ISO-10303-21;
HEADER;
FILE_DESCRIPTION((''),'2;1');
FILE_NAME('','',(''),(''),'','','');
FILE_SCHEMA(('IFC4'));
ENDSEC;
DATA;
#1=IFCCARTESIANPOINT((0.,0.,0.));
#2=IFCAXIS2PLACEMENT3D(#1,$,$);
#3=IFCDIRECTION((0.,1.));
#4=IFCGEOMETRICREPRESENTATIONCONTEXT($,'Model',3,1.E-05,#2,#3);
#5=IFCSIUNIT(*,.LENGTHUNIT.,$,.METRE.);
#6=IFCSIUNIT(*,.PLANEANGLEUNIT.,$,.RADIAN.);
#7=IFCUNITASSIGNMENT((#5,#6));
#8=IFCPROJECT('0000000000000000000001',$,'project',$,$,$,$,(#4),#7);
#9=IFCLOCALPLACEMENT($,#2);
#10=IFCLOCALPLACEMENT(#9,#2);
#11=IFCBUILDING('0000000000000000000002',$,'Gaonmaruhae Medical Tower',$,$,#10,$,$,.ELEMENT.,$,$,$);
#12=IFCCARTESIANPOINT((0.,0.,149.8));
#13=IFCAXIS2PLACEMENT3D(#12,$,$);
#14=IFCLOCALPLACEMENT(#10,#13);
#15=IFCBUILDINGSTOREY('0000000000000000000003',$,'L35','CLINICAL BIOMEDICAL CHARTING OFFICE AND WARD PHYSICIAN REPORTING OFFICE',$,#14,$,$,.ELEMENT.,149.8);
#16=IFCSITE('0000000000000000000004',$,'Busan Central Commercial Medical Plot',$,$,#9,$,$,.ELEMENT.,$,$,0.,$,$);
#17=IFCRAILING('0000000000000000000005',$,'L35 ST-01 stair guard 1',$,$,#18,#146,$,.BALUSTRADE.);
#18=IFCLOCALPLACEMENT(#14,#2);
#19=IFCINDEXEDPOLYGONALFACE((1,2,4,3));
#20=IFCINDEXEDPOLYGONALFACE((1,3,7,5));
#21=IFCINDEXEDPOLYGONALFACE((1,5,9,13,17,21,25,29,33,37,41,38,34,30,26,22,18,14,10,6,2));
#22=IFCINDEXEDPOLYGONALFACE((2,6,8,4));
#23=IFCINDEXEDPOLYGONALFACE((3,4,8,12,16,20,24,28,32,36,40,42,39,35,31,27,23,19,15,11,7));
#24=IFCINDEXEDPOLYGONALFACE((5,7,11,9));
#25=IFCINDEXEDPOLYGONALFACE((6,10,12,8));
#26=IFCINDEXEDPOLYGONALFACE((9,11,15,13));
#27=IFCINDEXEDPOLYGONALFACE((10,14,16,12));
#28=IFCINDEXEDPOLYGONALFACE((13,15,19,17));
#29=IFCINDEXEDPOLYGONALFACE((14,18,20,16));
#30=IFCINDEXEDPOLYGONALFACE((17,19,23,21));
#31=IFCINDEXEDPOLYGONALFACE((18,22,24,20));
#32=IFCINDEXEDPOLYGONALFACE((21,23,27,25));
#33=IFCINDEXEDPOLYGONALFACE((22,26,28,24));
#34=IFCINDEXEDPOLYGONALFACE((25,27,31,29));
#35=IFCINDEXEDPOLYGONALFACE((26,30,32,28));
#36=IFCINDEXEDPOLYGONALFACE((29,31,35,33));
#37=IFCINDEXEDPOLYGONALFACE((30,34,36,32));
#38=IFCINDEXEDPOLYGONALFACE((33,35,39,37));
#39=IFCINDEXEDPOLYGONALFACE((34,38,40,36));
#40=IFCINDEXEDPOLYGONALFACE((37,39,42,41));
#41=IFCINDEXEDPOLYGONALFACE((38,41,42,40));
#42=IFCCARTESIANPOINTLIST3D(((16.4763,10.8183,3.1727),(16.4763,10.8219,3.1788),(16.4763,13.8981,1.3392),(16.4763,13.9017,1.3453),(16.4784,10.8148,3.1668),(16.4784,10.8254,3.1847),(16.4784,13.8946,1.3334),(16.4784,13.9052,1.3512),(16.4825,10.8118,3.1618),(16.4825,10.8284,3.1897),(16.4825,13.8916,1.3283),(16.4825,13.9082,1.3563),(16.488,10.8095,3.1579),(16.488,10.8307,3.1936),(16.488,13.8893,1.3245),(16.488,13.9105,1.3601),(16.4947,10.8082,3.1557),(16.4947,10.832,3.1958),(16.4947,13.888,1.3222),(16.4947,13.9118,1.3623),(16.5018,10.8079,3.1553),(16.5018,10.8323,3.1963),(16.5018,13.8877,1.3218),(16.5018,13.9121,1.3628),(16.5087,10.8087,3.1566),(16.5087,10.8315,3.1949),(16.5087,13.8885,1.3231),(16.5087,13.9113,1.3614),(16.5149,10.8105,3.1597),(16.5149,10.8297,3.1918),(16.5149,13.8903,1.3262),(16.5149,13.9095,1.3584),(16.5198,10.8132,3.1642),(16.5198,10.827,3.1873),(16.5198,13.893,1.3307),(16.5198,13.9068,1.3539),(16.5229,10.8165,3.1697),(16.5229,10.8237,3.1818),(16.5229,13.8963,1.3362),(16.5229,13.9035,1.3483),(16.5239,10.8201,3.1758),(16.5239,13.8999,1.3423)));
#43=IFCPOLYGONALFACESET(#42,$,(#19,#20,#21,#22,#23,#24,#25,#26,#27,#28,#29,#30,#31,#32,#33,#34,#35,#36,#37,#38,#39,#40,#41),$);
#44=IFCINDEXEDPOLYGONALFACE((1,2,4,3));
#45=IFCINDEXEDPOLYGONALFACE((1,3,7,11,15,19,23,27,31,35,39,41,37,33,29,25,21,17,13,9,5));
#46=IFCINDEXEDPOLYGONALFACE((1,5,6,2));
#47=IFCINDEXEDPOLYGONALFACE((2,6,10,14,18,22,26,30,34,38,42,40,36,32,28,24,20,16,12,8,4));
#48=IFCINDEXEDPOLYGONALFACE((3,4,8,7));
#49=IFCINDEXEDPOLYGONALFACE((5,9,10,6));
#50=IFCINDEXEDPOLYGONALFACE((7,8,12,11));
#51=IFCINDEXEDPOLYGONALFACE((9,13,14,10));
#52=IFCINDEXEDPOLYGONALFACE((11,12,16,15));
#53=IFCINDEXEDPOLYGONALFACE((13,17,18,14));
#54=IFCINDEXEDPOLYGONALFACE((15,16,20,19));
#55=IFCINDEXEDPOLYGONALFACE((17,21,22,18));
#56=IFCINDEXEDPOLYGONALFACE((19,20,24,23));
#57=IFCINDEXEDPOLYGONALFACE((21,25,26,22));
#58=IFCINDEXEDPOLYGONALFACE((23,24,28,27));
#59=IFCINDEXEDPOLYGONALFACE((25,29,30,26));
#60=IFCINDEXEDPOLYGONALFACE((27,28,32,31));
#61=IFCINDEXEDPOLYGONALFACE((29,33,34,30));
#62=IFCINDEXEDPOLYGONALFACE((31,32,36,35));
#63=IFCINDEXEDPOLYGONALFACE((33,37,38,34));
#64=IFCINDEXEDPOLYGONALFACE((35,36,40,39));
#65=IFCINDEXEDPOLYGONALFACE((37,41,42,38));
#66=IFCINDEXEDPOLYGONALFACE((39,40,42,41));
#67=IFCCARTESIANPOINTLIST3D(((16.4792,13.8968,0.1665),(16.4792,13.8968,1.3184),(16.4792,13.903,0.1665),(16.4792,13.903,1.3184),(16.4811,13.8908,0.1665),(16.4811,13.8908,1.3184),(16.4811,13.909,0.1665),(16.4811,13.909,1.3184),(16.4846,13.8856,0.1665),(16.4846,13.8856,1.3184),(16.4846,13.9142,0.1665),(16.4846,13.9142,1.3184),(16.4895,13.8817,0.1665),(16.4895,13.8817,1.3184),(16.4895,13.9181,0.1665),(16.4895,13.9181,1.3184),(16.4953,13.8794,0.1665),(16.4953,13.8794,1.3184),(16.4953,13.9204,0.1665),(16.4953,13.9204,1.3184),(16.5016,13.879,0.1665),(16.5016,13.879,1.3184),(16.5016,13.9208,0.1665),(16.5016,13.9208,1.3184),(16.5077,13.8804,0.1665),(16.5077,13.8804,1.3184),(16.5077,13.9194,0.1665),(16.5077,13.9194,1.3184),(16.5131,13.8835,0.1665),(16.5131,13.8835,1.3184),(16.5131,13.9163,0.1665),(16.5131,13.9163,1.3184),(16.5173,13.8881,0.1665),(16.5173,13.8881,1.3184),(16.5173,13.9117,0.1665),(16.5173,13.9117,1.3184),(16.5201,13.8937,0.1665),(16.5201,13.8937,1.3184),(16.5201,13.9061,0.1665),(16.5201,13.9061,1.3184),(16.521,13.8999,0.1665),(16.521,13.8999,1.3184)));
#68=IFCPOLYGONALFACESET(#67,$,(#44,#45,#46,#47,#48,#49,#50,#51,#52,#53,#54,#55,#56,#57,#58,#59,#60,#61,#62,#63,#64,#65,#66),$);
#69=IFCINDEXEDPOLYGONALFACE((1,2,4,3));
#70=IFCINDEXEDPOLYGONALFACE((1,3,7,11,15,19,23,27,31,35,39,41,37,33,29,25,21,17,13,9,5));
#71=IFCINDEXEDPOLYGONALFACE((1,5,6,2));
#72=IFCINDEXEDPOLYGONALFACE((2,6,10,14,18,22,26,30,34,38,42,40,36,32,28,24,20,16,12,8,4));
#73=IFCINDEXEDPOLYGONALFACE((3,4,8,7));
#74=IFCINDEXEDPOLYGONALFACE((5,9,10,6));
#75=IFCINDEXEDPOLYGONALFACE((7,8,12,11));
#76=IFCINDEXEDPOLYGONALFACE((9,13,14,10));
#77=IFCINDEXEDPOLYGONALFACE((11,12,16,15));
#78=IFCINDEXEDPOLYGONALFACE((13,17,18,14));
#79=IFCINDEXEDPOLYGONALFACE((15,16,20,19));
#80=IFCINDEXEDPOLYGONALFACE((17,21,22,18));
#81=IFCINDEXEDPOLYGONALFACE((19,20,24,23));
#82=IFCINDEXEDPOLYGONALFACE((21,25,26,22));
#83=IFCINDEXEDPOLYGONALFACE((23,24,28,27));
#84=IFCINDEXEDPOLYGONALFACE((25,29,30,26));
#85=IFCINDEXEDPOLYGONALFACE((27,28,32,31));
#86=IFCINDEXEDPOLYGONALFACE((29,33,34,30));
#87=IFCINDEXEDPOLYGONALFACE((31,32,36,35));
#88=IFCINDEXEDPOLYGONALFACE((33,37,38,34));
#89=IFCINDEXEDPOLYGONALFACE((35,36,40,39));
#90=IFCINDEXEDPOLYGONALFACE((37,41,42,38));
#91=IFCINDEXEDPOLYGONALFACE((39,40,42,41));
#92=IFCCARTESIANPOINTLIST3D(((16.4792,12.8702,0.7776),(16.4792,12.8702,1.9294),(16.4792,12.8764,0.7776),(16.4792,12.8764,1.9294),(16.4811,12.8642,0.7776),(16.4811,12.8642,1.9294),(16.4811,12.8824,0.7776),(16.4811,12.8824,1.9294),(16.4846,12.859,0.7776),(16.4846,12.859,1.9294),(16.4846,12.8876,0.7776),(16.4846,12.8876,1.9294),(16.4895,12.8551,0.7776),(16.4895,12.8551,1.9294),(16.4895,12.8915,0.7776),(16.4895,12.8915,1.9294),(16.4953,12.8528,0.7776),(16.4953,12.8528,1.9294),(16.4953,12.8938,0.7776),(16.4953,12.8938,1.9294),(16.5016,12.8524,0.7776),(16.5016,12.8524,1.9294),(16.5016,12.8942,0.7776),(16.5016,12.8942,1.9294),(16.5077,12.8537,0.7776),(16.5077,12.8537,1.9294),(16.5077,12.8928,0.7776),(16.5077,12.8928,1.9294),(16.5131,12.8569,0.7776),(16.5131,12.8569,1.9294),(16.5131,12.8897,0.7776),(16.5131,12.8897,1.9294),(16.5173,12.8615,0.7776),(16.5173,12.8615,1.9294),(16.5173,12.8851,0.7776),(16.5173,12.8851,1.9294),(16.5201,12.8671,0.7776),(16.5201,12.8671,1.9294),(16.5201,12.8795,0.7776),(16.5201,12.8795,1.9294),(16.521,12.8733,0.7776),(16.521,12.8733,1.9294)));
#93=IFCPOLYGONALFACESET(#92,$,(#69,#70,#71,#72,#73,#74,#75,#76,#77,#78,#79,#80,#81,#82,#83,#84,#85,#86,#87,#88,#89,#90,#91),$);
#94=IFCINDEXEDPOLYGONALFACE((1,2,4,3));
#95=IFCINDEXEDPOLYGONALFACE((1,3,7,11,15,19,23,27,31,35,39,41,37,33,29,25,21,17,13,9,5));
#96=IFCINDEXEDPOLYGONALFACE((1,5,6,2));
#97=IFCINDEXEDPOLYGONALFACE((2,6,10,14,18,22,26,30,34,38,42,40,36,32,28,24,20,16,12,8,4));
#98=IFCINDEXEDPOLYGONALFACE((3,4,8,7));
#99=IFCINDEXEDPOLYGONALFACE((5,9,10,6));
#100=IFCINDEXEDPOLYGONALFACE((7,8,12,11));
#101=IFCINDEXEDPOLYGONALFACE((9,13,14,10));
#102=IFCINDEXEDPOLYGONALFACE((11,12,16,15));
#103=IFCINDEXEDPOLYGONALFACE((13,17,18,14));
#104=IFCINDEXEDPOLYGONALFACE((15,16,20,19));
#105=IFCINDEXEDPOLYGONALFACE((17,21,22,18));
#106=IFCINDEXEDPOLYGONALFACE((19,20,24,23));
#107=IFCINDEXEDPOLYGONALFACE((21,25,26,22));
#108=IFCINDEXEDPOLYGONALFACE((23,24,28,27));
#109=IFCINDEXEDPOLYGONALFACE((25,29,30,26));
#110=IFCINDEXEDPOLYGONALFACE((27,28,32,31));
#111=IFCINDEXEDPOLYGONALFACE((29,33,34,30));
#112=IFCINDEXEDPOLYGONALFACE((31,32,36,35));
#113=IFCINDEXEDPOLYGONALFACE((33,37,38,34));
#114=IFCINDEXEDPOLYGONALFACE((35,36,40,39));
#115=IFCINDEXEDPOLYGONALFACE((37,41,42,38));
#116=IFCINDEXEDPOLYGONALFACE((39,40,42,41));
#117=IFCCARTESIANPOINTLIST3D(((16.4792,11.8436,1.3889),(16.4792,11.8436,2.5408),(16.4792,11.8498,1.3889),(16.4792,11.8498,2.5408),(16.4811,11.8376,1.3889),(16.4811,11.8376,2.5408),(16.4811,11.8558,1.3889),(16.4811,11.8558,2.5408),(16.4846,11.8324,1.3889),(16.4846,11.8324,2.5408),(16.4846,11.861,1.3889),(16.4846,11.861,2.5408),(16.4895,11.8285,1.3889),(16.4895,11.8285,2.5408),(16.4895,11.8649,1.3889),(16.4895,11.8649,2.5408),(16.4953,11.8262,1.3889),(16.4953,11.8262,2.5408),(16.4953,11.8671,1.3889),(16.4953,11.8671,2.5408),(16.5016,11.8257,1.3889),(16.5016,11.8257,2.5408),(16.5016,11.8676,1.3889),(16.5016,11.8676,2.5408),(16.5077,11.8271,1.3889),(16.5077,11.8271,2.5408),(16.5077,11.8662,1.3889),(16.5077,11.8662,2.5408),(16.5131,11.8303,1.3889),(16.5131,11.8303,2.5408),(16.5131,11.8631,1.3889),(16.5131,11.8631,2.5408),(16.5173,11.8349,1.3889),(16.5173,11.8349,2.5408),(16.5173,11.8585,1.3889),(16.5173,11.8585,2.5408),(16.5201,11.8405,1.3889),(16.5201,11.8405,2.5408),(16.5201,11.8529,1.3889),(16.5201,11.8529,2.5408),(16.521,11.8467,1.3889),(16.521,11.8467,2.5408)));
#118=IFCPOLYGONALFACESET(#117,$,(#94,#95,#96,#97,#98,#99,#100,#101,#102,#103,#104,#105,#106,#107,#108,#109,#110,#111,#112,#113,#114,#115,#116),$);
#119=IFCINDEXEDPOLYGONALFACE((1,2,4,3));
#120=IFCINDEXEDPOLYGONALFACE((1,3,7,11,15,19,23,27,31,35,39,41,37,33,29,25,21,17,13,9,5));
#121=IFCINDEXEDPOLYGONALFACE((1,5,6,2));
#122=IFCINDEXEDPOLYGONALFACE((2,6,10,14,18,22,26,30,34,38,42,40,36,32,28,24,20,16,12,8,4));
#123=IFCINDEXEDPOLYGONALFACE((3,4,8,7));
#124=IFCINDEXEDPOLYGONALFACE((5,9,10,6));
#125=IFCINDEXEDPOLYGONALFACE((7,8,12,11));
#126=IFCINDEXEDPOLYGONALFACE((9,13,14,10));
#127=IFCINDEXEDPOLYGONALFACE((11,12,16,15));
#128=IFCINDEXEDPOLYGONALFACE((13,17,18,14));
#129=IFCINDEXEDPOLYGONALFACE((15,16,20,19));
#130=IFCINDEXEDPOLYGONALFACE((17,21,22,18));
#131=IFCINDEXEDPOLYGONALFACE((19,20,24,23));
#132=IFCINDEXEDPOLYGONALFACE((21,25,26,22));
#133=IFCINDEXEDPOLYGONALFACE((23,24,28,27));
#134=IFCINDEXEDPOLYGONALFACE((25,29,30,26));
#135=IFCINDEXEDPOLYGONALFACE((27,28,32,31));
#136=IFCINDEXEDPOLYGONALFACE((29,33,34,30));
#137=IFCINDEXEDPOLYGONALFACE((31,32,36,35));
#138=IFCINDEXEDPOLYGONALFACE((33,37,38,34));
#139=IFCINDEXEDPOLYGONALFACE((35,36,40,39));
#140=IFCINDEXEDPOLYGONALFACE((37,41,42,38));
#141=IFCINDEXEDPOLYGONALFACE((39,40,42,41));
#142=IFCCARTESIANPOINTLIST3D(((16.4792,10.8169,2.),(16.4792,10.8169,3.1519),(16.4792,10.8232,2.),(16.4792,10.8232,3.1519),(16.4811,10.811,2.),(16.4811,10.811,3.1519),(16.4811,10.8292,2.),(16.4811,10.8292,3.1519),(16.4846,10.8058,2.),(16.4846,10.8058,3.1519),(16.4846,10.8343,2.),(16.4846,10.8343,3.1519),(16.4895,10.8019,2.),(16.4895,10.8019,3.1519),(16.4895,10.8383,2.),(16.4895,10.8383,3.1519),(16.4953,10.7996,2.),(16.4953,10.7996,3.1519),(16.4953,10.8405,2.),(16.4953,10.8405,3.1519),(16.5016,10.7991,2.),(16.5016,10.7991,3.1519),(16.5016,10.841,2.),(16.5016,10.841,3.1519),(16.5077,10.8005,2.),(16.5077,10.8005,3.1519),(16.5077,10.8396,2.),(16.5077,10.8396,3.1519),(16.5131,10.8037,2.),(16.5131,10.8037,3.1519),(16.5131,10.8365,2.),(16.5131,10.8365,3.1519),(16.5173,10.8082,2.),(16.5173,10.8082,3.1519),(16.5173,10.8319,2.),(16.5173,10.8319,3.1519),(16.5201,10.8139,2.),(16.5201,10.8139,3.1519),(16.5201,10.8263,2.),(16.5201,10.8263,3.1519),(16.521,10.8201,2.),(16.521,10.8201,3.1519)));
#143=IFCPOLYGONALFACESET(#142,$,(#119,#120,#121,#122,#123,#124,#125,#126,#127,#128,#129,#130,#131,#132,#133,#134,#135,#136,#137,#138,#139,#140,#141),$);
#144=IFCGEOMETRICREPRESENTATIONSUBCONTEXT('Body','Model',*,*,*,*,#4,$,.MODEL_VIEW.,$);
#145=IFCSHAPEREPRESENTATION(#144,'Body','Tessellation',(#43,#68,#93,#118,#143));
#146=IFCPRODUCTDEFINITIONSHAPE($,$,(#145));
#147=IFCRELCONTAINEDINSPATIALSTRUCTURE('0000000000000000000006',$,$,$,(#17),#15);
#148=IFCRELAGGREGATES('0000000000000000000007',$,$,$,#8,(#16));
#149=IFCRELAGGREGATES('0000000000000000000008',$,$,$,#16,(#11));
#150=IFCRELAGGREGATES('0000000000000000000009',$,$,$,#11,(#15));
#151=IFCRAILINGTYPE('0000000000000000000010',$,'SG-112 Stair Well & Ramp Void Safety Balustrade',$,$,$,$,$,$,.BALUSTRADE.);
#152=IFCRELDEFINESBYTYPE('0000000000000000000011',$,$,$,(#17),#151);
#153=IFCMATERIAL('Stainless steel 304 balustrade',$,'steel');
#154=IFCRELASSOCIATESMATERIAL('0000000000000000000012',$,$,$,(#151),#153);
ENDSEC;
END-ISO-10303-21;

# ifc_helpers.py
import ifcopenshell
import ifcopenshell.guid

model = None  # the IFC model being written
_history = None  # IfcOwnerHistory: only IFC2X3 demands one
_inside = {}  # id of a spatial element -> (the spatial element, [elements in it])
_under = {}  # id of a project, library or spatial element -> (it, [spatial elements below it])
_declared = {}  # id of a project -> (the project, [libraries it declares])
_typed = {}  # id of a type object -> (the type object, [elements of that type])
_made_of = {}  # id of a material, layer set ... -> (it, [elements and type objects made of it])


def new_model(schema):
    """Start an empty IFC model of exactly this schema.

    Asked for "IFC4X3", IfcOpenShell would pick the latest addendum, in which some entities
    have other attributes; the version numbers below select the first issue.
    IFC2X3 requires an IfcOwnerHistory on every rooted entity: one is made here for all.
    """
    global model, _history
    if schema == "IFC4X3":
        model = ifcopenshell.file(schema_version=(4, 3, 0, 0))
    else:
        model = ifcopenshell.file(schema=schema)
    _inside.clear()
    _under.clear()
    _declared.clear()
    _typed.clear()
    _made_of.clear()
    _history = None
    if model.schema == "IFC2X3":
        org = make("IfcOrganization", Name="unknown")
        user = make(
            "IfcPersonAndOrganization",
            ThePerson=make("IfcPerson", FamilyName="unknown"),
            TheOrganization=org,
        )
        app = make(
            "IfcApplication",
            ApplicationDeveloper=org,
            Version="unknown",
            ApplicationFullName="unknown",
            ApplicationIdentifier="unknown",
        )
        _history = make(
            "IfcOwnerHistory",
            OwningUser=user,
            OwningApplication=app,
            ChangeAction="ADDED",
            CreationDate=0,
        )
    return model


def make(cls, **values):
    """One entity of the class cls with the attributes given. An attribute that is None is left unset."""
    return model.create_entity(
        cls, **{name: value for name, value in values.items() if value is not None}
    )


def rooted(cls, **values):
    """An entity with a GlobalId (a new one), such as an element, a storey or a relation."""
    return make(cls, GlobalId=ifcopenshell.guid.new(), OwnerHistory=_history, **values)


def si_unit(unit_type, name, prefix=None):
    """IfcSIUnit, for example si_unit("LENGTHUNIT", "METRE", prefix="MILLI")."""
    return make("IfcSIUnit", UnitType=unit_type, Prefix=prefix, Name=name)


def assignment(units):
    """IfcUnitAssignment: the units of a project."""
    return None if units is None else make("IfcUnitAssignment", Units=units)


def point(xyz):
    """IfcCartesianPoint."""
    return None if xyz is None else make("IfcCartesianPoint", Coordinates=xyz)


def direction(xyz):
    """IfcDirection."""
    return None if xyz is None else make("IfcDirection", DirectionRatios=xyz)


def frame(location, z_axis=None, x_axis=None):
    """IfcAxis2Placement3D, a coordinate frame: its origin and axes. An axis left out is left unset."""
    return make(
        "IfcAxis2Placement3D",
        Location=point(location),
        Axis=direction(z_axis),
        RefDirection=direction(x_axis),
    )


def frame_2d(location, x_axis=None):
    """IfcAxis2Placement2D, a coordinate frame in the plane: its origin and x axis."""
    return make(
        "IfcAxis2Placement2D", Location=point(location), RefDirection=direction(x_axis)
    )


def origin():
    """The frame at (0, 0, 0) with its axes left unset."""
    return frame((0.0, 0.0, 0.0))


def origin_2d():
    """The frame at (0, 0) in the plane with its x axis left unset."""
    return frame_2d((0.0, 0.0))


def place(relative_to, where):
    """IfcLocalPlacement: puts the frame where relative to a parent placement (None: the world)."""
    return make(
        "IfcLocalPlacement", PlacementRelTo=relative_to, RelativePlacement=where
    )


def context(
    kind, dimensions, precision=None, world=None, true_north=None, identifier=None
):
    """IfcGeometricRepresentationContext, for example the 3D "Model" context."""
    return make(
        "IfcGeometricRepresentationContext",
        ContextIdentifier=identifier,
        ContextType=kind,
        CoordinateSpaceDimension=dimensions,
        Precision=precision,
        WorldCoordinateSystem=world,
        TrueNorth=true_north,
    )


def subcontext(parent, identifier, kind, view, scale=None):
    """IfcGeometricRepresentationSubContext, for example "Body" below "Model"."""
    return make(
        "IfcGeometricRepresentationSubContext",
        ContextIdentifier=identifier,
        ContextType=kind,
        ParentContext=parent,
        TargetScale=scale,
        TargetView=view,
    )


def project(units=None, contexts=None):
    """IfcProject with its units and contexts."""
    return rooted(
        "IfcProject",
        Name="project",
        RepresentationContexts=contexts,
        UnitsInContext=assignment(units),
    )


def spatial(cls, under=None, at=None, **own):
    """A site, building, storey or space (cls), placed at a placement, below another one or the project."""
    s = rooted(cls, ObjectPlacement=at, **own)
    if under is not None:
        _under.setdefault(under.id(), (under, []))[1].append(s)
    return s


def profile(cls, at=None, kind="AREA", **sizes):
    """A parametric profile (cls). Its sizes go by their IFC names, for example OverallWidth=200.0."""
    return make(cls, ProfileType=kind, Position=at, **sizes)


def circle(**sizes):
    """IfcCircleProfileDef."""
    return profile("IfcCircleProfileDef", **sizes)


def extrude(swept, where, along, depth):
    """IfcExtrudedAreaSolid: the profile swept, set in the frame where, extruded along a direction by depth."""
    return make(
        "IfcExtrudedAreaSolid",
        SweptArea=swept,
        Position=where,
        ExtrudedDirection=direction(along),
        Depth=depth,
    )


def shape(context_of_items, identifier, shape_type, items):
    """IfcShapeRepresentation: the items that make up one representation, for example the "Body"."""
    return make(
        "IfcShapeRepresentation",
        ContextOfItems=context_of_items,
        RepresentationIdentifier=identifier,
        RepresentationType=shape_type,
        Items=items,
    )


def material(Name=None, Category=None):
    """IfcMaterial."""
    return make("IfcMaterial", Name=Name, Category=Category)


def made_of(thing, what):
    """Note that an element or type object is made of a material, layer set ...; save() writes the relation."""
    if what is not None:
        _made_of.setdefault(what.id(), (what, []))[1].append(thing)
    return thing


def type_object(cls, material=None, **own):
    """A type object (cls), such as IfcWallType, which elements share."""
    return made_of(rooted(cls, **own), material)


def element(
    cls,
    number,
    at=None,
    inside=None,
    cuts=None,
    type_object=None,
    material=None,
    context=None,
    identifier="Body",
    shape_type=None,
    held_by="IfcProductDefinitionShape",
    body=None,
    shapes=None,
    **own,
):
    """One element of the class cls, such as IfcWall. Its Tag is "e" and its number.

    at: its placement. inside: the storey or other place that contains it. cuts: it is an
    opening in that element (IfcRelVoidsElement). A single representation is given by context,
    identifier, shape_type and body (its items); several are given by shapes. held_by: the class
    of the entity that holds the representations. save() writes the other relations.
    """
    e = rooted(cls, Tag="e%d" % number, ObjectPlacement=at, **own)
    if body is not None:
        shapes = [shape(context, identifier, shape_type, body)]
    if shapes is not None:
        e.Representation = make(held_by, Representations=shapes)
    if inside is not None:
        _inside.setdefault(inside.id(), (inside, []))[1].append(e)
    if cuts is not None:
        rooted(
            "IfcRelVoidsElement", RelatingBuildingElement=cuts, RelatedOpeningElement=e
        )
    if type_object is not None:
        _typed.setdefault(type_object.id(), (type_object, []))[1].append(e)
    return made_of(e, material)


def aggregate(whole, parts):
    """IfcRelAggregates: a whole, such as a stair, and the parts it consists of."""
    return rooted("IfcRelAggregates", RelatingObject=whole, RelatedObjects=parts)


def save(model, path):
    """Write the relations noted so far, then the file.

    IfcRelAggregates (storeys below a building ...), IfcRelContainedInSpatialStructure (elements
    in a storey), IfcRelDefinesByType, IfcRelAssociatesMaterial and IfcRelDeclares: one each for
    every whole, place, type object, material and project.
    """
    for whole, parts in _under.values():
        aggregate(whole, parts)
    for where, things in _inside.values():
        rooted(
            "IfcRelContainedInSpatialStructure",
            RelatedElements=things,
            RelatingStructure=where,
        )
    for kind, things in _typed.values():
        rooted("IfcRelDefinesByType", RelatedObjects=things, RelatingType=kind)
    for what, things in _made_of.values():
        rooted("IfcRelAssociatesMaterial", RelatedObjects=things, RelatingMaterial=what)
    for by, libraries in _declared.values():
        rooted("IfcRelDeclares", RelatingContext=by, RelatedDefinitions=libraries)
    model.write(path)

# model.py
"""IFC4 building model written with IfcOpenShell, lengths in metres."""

from ifc_helpers import new_model, si_unit, direction, frame, origin, origin_2d, place, context, subcontext, project, spatial, circle, extrude, material, type_object, element, save


model = new_model("IFC4")

# Units and contexts
model_context = context("Model", 3, precision=1e-05, world=origin(), true_north=direction((0.0, 1.0)))
body_context = subcontext(model_context, "Body", "Model", "MODEL_VIEW")
ifc_project = project(units=[si_unit("LENGTHUNIT", "METRE"), si_unit("PLANEANGLEUNIT", "RADIAN")], contexts=[model_context])

# Site, building, storey
site_placement = place(None, origin())
site = spatial("IfcSite", under=ifc_project, at=site_placement, Name="Busan Central Commercial Medical Plot", CompositionType="ELEMENT", RefElevation=0.0)
building_placement = place(site_placement, origin())
building = spatial("IfcBuilding", under=site, at=building_placement, Name="Gaonmaruhae Medical Tower", CompositionType="ELEMENT")
storey_placement = place(building_placement, frame((0.0, 0.0, 149.8)))
storey = spatial("IfcBuildingStorey", under=building, at=storey_placement, Name="L35", Description="CLINICAL BIOMEDICAL CHARTING OFFICE AND WARD PHYSICIAN REPORTING OFFICE", CompositionType="ELEMENT", Elevation=149.8)

# Railing
ifc_material_1 = material(Name="Stainless steel 304 balustrade", Category="steel")
railing_type_1 = type_object("IfcRailingType", Name="SG-112 Stair Well & Ramp Void Safety Balustrade", PredefinedType="BALUSTRADE", material=ifc_material_1)
railing_1_placement = place(storey_placement, frame((16.5, 13.8999, 0.1665)))
element("IfcRailing", 1, at=railing_1_placement, inside=storey, type_object=railing_type_1, Name="L35 ST-01 stair guard 1", PredefinedType="BALUSTRADE", context=body_context, shape_type="SweptSolid", body=[
    extrude(circle(Radius=0.0239, at=origin_2d()), frame((0.0, 0.0, 1.1758), z_axis=(0.0, -0.859261, 0.511538), x_axis=(1.0, 0.0, 0.0)), (0.0, 0.0, 1.0), 3.5842),
    extrude(circle(Radius=0.021, at=origin_2d()), origin(), (0.0, 0.0, 1.0), 1.1519),
    extrude(circle(Radius=0.021, at=origin_2d()), frame((0.0, -1.0266, 0.6111)), (0.0, 0.0, 1.0), 1.1519),
    extrude(circle(Radius=0.021, at=origin_2d()), frame((0.0, -2.0532, 1.2224)), (0.0, 0.0, 1.0), 1.1519),
    extrude(circle(Radius=0.021, at=origin_2d()), frame((0.0, -3.0798, 1.8335)), (0.0, 0.0, 1.0), 1.1519),
])

save(model, "model.ifc")
